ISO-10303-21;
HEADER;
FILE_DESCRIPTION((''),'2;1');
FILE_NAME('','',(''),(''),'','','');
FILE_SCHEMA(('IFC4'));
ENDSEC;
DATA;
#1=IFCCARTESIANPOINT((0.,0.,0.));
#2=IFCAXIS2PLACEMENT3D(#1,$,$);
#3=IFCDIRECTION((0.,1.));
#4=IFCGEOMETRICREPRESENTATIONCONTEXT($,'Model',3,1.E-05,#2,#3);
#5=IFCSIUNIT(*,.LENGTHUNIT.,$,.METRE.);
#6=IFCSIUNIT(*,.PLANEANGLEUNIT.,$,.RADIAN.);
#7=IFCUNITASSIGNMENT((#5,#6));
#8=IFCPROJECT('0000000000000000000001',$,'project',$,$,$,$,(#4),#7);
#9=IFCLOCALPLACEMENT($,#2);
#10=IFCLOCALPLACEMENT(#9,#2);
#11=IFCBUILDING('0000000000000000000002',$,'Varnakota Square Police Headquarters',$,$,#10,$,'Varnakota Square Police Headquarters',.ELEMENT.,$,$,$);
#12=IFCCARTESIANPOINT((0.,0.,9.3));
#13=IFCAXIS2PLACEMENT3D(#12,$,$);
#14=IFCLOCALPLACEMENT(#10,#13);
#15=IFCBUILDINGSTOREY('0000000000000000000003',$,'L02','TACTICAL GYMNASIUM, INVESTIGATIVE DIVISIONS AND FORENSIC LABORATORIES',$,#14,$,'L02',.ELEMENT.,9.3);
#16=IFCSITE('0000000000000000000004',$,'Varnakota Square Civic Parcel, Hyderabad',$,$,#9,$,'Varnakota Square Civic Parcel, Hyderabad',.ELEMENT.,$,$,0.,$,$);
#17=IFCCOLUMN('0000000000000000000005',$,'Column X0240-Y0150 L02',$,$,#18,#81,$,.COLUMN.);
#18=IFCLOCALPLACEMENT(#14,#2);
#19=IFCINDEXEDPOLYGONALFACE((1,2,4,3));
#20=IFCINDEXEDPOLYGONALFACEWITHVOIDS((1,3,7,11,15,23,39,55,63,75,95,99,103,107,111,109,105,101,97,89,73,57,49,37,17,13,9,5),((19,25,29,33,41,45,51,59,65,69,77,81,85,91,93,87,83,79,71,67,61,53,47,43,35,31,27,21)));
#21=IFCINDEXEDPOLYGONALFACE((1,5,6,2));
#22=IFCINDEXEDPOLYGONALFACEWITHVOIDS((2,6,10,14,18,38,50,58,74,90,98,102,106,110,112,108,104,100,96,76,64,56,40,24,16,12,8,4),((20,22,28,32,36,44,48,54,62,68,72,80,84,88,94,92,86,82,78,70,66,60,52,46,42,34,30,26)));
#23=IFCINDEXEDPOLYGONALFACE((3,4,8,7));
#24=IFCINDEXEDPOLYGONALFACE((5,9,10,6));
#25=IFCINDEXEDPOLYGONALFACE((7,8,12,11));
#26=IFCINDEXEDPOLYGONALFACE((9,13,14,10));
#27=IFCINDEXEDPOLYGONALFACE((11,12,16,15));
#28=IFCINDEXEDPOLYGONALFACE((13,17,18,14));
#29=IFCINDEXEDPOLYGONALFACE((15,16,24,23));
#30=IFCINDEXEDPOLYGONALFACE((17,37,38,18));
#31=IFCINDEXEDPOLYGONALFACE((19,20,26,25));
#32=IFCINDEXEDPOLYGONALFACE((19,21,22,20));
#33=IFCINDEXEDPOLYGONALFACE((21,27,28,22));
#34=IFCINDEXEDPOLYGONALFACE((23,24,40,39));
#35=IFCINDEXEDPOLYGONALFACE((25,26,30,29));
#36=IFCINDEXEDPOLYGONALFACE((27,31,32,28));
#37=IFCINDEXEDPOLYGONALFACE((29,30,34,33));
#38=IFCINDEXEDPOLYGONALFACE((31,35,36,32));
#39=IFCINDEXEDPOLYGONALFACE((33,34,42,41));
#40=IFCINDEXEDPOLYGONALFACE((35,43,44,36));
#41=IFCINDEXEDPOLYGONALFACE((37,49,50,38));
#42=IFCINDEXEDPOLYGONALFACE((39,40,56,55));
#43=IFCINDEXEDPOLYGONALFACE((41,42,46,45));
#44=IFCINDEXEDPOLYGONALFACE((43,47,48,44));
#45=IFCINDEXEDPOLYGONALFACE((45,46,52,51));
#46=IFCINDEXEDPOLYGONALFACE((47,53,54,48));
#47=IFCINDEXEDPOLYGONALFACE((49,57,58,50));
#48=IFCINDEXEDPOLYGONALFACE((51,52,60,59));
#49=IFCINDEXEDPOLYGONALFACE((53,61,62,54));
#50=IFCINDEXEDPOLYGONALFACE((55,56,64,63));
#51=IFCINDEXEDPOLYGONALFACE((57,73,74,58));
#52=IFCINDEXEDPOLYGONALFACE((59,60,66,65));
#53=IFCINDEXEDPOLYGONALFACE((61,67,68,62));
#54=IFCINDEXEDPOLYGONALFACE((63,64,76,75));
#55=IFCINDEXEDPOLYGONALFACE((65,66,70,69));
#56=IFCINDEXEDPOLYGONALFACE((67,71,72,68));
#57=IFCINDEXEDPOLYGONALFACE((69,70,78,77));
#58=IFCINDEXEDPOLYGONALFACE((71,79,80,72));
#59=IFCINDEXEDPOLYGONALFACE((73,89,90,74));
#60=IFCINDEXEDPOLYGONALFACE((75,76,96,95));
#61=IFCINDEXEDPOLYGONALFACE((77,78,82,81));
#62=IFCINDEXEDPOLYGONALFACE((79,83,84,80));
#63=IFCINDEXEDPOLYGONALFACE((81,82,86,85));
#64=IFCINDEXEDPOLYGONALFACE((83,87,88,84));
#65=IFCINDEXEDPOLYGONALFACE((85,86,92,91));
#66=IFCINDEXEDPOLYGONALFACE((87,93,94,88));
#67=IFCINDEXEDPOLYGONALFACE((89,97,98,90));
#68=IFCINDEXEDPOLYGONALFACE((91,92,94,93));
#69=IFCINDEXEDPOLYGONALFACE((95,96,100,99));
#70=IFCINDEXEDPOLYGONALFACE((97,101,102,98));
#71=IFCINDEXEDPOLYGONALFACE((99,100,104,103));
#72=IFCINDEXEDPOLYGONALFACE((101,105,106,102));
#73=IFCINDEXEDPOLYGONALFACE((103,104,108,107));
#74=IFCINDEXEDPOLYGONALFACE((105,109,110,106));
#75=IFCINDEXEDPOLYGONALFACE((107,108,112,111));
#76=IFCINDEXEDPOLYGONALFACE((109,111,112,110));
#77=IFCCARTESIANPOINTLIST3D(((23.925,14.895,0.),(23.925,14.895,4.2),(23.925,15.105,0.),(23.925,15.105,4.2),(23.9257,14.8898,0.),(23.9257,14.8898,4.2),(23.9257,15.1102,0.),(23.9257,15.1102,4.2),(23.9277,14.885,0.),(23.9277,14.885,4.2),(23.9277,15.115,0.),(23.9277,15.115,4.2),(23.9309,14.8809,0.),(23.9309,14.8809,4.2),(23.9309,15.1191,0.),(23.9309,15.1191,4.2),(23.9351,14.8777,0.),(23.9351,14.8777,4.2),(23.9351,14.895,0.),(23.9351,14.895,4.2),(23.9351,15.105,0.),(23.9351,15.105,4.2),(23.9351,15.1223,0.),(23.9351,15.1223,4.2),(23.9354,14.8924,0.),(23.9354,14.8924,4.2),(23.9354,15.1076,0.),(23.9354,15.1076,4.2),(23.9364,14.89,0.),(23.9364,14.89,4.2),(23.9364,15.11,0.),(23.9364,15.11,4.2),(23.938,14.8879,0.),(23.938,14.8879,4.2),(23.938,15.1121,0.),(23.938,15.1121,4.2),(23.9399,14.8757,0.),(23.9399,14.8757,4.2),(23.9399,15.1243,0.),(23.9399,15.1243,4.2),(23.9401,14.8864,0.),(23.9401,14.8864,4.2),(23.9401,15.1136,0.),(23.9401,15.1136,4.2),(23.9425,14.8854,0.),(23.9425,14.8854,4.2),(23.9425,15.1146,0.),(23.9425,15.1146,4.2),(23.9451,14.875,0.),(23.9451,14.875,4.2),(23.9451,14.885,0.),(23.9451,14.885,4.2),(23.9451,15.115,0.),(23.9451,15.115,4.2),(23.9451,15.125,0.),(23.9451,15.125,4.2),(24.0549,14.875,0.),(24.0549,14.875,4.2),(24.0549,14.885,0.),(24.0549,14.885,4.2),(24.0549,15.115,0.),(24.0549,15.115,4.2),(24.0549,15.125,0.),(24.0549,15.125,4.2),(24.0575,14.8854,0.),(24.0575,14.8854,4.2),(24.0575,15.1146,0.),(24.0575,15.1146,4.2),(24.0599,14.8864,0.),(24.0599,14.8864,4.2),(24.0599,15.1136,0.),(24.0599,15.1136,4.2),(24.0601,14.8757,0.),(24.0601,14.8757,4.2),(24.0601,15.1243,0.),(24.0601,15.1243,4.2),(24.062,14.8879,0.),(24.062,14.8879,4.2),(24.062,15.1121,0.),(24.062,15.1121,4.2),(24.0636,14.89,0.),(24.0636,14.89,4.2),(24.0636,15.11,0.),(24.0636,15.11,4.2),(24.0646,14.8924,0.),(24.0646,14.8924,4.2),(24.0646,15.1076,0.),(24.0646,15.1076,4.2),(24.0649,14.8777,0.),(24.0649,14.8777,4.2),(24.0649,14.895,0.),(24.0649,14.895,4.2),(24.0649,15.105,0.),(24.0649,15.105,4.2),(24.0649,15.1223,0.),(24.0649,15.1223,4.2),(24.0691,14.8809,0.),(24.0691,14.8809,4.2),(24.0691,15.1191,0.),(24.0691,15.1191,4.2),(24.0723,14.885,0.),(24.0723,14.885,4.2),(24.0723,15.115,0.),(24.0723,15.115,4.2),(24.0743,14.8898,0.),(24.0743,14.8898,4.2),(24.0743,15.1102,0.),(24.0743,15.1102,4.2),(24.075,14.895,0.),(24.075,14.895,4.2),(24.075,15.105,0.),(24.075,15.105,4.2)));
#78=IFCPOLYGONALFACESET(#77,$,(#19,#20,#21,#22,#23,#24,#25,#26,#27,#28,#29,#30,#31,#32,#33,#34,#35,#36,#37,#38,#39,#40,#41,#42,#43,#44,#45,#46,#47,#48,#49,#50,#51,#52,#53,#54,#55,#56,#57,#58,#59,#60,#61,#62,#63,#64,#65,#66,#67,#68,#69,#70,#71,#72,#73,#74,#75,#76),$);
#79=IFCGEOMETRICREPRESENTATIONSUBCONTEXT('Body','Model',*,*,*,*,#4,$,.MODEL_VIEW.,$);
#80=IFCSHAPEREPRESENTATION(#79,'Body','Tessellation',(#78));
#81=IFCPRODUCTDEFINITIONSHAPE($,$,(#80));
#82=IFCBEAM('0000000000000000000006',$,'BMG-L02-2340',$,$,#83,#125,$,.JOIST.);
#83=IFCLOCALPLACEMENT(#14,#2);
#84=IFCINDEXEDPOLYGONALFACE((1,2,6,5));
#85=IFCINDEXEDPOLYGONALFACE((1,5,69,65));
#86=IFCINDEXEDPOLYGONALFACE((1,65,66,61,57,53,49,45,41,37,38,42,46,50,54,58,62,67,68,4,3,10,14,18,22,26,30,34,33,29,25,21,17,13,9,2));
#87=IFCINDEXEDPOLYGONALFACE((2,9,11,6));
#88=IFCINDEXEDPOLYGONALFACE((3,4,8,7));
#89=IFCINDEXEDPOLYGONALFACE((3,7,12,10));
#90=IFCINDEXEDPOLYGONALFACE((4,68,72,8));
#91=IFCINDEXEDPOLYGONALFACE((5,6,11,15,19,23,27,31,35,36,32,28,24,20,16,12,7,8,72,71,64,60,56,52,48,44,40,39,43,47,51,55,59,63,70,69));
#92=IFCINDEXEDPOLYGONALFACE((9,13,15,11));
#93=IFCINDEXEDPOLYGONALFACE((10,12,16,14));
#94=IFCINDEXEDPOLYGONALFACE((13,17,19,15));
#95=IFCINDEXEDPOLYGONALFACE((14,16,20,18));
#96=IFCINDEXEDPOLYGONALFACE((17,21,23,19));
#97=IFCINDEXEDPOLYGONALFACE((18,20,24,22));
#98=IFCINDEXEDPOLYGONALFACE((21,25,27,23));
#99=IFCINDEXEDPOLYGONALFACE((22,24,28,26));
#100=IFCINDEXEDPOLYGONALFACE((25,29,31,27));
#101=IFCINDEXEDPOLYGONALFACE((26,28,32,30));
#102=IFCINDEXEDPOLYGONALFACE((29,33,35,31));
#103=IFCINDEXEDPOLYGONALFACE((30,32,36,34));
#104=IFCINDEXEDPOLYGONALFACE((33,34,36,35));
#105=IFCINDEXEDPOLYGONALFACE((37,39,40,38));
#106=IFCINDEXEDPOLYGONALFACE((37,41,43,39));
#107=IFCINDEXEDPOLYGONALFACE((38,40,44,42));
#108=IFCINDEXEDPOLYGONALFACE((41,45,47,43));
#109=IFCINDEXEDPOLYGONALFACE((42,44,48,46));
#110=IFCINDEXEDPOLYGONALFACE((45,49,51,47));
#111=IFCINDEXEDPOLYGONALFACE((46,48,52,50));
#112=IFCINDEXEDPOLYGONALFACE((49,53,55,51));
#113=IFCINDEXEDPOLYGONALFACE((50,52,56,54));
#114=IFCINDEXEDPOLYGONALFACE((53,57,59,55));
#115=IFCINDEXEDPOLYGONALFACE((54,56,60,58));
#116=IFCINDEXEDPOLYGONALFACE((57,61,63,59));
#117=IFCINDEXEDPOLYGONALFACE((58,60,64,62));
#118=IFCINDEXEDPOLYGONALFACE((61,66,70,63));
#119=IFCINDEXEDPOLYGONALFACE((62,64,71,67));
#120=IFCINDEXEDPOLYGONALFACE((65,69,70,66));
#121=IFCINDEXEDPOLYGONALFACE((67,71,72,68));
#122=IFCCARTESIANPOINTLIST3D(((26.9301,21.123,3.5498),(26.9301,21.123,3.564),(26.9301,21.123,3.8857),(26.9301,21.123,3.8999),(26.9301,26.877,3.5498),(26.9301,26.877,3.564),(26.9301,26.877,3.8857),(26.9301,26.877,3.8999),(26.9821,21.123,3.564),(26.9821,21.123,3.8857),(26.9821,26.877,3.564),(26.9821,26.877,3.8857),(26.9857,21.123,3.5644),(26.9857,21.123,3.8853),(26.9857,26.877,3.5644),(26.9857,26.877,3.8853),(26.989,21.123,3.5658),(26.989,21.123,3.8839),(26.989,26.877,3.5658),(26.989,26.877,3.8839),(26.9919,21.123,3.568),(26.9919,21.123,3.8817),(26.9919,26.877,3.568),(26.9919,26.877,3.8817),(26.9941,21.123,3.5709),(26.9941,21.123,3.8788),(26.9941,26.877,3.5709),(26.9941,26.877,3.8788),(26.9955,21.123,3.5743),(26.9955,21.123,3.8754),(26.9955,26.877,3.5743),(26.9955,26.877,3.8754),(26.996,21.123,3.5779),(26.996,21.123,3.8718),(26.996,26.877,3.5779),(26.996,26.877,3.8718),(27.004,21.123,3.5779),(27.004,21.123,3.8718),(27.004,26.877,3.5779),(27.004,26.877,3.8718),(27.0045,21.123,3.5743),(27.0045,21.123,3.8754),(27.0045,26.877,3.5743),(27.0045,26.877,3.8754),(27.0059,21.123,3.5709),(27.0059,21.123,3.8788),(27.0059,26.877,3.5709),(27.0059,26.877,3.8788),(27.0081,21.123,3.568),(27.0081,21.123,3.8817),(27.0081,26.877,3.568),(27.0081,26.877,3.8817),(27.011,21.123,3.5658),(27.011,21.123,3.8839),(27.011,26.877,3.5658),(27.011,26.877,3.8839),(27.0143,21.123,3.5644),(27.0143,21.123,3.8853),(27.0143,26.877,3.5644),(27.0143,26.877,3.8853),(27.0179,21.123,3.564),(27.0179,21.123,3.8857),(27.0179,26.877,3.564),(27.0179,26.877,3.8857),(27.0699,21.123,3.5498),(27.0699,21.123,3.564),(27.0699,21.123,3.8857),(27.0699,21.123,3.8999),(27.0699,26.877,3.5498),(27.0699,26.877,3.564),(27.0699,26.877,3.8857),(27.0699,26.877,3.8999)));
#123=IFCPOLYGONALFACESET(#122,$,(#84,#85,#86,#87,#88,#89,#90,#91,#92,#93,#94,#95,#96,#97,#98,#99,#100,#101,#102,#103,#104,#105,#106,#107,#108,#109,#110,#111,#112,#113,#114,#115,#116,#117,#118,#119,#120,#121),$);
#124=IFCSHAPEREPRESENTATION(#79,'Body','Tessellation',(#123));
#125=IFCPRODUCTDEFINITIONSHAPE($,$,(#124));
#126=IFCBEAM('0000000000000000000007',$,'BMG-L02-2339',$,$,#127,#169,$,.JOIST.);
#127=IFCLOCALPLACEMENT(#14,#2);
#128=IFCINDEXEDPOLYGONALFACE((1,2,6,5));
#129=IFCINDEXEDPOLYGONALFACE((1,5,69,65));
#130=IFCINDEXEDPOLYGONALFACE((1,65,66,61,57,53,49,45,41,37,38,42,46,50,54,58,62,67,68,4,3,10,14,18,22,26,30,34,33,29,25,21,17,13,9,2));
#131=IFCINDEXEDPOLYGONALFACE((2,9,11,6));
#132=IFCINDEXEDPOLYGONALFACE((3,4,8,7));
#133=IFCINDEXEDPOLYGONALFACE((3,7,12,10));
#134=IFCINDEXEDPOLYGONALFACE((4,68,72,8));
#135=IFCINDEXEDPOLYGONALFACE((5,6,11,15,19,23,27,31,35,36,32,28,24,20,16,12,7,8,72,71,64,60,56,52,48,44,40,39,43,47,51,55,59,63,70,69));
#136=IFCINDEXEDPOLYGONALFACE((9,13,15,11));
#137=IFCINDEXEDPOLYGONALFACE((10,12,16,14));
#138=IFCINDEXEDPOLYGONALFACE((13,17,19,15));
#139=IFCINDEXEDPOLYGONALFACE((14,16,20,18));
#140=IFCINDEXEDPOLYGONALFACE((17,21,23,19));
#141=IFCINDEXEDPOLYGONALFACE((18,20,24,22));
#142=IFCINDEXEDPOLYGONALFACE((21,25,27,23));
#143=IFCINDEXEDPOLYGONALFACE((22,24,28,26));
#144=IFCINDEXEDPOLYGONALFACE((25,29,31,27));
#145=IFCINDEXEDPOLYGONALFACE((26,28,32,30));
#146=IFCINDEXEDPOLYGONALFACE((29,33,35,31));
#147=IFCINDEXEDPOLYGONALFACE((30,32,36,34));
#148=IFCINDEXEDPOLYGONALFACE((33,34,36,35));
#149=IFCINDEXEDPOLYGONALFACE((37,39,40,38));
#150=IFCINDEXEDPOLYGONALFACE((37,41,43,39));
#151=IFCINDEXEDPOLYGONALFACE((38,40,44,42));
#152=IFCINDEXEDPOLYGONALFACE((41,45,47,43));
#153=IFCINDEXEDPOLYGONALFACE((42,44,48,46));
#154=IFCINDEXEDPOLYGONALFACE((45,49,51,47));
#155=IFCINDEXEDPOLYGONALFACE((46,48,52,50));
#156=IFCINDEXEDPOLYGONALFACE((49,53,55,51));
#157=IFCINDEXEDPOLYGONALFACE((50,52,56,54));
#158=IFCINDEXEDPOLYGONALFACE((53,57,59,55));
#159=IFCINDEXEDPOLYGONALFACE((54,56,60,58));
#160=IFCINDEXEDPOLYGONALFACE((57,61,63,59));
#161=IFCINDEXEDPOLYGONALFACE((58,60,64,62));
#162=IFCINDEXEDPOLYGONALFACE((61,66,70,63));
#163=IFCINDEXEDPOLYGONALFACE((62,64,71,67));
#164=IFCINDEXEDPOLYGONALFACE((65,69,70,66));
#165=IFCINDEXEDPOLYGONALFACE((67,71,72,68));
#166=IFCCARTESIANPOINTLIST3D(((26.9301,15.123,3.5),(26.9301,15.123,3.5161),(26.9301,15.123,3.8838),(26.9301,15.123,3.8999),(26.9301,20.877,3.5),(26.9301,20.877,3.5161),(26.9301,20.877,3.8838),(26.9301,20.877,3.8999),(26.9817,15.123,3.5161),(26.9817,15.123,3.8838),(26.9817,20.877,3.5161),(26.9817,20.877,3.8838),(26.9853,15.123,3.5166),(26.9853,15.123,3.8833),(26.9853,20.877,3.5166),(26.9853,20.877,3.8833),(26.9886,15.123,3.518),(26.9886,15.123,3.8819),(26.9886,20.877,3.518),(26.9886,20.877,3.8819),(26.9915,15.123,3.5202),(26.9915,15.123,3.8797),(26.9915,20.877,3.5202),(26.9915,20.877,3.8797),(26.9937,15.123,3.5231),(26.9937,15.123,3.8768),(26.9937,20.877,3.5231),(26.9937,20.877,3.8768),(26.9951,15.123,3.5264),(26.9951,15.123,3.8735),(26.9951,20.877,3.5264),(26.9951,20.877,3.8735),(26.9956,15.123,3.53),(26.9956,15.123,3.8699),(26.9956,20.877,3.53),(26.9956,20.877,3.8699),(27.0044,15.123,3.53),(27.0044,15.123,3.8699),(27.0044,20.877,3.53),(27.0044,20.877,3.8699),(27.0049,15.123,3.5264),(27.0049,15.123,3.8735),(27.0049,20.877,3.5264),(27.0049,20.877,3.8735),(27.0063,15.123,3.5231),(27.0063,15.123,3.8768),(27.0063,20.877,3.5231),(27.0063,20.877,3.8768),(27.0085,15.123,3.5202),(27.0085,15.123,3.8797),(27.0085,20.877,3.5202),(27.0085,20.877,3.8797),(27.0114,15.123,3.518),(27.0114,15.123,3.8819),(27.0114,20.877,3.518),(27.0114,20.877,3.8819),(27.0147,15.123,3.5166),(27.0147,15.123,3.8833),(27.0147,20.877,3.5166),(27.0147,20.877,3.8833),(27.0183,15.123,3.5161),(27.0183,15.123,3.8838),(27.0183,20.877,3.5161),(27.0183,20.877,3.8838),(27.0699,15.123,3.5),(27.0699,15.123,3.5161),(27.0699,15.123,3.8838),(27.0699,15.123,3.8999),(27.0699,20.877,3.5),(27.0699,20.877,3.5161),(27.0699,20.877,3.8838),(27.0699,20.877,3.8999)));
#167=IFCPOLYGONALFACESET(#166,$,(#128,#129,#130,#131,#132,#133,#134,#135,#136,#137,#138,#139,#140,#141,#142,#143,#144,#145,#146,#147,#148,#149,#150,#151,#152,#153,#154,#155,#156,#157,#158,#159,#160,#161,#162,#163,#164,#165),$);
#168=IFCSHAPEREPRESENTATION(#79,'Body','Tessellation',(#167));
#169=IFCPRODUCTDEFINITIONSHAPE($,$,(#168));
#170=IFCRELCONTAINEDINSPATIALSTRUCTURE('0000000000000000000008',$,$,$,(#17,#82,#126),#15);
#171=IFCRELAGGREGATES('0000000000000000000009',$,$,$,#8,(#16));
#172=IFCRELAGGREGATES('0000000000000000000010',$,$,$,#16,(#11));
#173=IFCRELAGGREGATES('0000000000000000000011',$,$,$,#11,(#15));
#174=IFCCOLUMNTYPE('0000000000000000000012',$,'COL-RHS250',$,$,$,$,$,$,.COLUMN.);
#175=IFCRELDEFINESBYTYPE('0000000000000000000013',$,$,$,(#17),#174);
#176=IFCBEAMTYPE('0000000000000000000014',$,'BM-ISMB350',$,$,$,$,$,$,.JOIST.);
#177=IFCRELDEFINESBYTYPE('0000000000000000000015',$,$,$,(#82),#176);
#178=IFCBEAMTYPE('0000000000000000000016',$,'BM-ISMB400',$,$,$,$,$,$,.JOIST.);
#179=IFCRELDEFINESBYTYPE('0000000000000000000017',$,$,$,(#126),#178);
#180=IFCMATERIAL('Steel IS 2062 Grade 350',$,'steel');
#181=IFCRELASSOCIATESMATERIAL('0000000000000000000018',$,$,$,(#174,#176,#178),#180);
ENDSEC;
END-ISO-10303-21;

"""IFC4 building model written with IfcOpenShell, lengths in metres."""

from ifc_helpers import new_model, si_unit, direction, frame, origin, origin_2d, place, context, subcontext, project, spatial, hollow_rectangle, i_section, extrude, material, material_profile, profile_set, type_object, element, save


model = new_model("IFC4")

# Units and contexts
model_context = context("Model", 3, precision=1e-05, world=origin(), true_north=direction((0.0, 1.0)))
body_context = subcontext(model_context, "Body", "Model", "MODEL_VIEW")
ifc_project = project(units=[si_unit("LENGTHUNIT", "METRE"), si_unit("PLANEANGLEUNIT", "RADIAN")], contexts=[model_context])

# Site, building, storey
site_placement = place(None, origin())
site = spatial("IfcSite", under=ifc_project, at=site_placement, Name="Varnakota Square Civic Parcel, Hyderabad", LongName="Varnakota Square Civic Parcel, Hyderabad", CompositionType="ELEMENT", RefElevation=0.0)
building_placement = place(site_placement, origin())
building = spatial("IfcBuilding", under=site, at=building_placement, Name="Varnakota Square Police Headquarters", LongName="Varnakota Square Police Headquarters", CompositionType="ELEMENT")
storey_placement = place(building_placement, frame((0.0, 0.0, 9.3)))
storey = spatial("IfcBuildingStorey", under=building, at=storey_placement, Name="L02", Description="TACTICAL GYMNASIUM, INVESTIGATIVE DIVISIONS AND FORENSIC LABORATORIES", LongName="L02", CompositionType="ELEMENT", Elevation=9.3)

# Column
ifc_material = material(Name="Steel IS 2062 Grade 350", Category="steel")
ifc_material_profile_1 = material_profile(ifc_material, hollow_rectangle(XDim=0.1499, YDim=0.25, WallThickness=0.01, InnerFilletRadius=0.01, OuterFilletRadius=0.02, at=origin_2d()), Name="RHS 250x150x10")
ifc_profile_set_1 = profile_set([ifc_material_profile_1], Name="Steel IS 2062 Grade 350")
column_type_1 = type_object("IfcColumnType", Name="COL-RHS250", PredefinedType="COLUMN", material=ifc_profile_set_1)
column_1_placement = place(storey_placement, frame((24.0, 15.0, 0.0), z_axis=(0.0, 0.0, 1.0), x_axis=(1.0, 0.0, 0.0)))
element("IfcColumn", 1, at=column_1_placement, inside=storey, type_object=column_type_1, Name="Column X0240-Y0150 L02", PredefinedType="COLUMN", context=body_context, shape_type="SweptSolid", body=[
    extrude(hollow_rectangle(XDim=0.1499, YDim=0.25, WallThickness=0.01, InnerFilletRadius=0.01, OuterFilletRadius=0.02, at=origin_2d()), origin(), (0.0, 0.0, 1.0), 4.2),
])

# Beams
ifc_material_profile_2 = material_profile(ifc_material, i_section(OverallWidth=0.1399, OverallDepth=0.3501, WebThickness=0.0081, FlangeThickness=0.0142, FilletRadius=0.0139, at=origin_2d()), Name="ISMB 350")
ifc_profile_set_2 = profile_set([ifc_material_profile_2], Name="Steel IS 2062 Grade 350")
beam_type_1 = type_object("IfcBeamType", Name="BM-ISMB350", PredefinedType="JOIST", material=ifc_profile_set_2)
beam_1_placement = place(storey_placement, frame((27.0, 21.123, 3.7249), z_axis=(0.0, 1.0, 0.0), x_axis=(-1.0, 0.0, 0.0)))
element("IfcBeam", 2, at=beam_1_placement, inside=storey, type_object=beam_type_1, Name="BMG-L02-2340", PredefinedType="JOIST", context=body_context, shape_type="SweptSolid", body=[
    extrude(i_section(OverallWidth=0.1399, OverallDepth=0.3501, WebThickness=0.0081, FlangeThickness=0.0142, FilletRadius=0.0139, at=origin_2d()), origin(), (0.0, 0.0, 1.0), 5.7539),
])
ifc_material_profile_3 = material_profile(ifc_material, i_section(OverallWidth=0.1399, OverallDepth=0.3999, WebThickness=0.0088, FlangeThickness=0.0161, FilletRadius=0.0139, at=origin_2d()), Name="ISMB 400")
ifc_profile_set_3 = profile_set([ifc_material_profile_3], Name="Steel IS 2062 Grade 350")
beam_type_2 = type_object("IfcBeamType", Name="BM-ISMB400", PredefinedType="JOIST", material=ifc_profile_set_3)
beam_2_placement = place(storey_placement, frame((27.0, 15.123, 3.7), z_axis=(0.0, 1.0, 0.0), x_axis=(-1.0, 0.0, 0.0)))
element("IfcBeam", 3, at=beam_2_placement, inside=storey, type_object=beam_type_2, Name="BMG-L02-2339", PredefinedType="JOIST", context=body_context, shape_type="SweptSolid", body=[
    extrude(i_section(OverallWidth=0.1399, OverallDepth=0.3999, WebThickness=0.0088, FlangeThickness=0.0161, FilletRadius=0.0139, at=origin_2d()), origin(), (0.0, 0.0, 1.0), 5.7539),
])

save(model, "model.ifc")
